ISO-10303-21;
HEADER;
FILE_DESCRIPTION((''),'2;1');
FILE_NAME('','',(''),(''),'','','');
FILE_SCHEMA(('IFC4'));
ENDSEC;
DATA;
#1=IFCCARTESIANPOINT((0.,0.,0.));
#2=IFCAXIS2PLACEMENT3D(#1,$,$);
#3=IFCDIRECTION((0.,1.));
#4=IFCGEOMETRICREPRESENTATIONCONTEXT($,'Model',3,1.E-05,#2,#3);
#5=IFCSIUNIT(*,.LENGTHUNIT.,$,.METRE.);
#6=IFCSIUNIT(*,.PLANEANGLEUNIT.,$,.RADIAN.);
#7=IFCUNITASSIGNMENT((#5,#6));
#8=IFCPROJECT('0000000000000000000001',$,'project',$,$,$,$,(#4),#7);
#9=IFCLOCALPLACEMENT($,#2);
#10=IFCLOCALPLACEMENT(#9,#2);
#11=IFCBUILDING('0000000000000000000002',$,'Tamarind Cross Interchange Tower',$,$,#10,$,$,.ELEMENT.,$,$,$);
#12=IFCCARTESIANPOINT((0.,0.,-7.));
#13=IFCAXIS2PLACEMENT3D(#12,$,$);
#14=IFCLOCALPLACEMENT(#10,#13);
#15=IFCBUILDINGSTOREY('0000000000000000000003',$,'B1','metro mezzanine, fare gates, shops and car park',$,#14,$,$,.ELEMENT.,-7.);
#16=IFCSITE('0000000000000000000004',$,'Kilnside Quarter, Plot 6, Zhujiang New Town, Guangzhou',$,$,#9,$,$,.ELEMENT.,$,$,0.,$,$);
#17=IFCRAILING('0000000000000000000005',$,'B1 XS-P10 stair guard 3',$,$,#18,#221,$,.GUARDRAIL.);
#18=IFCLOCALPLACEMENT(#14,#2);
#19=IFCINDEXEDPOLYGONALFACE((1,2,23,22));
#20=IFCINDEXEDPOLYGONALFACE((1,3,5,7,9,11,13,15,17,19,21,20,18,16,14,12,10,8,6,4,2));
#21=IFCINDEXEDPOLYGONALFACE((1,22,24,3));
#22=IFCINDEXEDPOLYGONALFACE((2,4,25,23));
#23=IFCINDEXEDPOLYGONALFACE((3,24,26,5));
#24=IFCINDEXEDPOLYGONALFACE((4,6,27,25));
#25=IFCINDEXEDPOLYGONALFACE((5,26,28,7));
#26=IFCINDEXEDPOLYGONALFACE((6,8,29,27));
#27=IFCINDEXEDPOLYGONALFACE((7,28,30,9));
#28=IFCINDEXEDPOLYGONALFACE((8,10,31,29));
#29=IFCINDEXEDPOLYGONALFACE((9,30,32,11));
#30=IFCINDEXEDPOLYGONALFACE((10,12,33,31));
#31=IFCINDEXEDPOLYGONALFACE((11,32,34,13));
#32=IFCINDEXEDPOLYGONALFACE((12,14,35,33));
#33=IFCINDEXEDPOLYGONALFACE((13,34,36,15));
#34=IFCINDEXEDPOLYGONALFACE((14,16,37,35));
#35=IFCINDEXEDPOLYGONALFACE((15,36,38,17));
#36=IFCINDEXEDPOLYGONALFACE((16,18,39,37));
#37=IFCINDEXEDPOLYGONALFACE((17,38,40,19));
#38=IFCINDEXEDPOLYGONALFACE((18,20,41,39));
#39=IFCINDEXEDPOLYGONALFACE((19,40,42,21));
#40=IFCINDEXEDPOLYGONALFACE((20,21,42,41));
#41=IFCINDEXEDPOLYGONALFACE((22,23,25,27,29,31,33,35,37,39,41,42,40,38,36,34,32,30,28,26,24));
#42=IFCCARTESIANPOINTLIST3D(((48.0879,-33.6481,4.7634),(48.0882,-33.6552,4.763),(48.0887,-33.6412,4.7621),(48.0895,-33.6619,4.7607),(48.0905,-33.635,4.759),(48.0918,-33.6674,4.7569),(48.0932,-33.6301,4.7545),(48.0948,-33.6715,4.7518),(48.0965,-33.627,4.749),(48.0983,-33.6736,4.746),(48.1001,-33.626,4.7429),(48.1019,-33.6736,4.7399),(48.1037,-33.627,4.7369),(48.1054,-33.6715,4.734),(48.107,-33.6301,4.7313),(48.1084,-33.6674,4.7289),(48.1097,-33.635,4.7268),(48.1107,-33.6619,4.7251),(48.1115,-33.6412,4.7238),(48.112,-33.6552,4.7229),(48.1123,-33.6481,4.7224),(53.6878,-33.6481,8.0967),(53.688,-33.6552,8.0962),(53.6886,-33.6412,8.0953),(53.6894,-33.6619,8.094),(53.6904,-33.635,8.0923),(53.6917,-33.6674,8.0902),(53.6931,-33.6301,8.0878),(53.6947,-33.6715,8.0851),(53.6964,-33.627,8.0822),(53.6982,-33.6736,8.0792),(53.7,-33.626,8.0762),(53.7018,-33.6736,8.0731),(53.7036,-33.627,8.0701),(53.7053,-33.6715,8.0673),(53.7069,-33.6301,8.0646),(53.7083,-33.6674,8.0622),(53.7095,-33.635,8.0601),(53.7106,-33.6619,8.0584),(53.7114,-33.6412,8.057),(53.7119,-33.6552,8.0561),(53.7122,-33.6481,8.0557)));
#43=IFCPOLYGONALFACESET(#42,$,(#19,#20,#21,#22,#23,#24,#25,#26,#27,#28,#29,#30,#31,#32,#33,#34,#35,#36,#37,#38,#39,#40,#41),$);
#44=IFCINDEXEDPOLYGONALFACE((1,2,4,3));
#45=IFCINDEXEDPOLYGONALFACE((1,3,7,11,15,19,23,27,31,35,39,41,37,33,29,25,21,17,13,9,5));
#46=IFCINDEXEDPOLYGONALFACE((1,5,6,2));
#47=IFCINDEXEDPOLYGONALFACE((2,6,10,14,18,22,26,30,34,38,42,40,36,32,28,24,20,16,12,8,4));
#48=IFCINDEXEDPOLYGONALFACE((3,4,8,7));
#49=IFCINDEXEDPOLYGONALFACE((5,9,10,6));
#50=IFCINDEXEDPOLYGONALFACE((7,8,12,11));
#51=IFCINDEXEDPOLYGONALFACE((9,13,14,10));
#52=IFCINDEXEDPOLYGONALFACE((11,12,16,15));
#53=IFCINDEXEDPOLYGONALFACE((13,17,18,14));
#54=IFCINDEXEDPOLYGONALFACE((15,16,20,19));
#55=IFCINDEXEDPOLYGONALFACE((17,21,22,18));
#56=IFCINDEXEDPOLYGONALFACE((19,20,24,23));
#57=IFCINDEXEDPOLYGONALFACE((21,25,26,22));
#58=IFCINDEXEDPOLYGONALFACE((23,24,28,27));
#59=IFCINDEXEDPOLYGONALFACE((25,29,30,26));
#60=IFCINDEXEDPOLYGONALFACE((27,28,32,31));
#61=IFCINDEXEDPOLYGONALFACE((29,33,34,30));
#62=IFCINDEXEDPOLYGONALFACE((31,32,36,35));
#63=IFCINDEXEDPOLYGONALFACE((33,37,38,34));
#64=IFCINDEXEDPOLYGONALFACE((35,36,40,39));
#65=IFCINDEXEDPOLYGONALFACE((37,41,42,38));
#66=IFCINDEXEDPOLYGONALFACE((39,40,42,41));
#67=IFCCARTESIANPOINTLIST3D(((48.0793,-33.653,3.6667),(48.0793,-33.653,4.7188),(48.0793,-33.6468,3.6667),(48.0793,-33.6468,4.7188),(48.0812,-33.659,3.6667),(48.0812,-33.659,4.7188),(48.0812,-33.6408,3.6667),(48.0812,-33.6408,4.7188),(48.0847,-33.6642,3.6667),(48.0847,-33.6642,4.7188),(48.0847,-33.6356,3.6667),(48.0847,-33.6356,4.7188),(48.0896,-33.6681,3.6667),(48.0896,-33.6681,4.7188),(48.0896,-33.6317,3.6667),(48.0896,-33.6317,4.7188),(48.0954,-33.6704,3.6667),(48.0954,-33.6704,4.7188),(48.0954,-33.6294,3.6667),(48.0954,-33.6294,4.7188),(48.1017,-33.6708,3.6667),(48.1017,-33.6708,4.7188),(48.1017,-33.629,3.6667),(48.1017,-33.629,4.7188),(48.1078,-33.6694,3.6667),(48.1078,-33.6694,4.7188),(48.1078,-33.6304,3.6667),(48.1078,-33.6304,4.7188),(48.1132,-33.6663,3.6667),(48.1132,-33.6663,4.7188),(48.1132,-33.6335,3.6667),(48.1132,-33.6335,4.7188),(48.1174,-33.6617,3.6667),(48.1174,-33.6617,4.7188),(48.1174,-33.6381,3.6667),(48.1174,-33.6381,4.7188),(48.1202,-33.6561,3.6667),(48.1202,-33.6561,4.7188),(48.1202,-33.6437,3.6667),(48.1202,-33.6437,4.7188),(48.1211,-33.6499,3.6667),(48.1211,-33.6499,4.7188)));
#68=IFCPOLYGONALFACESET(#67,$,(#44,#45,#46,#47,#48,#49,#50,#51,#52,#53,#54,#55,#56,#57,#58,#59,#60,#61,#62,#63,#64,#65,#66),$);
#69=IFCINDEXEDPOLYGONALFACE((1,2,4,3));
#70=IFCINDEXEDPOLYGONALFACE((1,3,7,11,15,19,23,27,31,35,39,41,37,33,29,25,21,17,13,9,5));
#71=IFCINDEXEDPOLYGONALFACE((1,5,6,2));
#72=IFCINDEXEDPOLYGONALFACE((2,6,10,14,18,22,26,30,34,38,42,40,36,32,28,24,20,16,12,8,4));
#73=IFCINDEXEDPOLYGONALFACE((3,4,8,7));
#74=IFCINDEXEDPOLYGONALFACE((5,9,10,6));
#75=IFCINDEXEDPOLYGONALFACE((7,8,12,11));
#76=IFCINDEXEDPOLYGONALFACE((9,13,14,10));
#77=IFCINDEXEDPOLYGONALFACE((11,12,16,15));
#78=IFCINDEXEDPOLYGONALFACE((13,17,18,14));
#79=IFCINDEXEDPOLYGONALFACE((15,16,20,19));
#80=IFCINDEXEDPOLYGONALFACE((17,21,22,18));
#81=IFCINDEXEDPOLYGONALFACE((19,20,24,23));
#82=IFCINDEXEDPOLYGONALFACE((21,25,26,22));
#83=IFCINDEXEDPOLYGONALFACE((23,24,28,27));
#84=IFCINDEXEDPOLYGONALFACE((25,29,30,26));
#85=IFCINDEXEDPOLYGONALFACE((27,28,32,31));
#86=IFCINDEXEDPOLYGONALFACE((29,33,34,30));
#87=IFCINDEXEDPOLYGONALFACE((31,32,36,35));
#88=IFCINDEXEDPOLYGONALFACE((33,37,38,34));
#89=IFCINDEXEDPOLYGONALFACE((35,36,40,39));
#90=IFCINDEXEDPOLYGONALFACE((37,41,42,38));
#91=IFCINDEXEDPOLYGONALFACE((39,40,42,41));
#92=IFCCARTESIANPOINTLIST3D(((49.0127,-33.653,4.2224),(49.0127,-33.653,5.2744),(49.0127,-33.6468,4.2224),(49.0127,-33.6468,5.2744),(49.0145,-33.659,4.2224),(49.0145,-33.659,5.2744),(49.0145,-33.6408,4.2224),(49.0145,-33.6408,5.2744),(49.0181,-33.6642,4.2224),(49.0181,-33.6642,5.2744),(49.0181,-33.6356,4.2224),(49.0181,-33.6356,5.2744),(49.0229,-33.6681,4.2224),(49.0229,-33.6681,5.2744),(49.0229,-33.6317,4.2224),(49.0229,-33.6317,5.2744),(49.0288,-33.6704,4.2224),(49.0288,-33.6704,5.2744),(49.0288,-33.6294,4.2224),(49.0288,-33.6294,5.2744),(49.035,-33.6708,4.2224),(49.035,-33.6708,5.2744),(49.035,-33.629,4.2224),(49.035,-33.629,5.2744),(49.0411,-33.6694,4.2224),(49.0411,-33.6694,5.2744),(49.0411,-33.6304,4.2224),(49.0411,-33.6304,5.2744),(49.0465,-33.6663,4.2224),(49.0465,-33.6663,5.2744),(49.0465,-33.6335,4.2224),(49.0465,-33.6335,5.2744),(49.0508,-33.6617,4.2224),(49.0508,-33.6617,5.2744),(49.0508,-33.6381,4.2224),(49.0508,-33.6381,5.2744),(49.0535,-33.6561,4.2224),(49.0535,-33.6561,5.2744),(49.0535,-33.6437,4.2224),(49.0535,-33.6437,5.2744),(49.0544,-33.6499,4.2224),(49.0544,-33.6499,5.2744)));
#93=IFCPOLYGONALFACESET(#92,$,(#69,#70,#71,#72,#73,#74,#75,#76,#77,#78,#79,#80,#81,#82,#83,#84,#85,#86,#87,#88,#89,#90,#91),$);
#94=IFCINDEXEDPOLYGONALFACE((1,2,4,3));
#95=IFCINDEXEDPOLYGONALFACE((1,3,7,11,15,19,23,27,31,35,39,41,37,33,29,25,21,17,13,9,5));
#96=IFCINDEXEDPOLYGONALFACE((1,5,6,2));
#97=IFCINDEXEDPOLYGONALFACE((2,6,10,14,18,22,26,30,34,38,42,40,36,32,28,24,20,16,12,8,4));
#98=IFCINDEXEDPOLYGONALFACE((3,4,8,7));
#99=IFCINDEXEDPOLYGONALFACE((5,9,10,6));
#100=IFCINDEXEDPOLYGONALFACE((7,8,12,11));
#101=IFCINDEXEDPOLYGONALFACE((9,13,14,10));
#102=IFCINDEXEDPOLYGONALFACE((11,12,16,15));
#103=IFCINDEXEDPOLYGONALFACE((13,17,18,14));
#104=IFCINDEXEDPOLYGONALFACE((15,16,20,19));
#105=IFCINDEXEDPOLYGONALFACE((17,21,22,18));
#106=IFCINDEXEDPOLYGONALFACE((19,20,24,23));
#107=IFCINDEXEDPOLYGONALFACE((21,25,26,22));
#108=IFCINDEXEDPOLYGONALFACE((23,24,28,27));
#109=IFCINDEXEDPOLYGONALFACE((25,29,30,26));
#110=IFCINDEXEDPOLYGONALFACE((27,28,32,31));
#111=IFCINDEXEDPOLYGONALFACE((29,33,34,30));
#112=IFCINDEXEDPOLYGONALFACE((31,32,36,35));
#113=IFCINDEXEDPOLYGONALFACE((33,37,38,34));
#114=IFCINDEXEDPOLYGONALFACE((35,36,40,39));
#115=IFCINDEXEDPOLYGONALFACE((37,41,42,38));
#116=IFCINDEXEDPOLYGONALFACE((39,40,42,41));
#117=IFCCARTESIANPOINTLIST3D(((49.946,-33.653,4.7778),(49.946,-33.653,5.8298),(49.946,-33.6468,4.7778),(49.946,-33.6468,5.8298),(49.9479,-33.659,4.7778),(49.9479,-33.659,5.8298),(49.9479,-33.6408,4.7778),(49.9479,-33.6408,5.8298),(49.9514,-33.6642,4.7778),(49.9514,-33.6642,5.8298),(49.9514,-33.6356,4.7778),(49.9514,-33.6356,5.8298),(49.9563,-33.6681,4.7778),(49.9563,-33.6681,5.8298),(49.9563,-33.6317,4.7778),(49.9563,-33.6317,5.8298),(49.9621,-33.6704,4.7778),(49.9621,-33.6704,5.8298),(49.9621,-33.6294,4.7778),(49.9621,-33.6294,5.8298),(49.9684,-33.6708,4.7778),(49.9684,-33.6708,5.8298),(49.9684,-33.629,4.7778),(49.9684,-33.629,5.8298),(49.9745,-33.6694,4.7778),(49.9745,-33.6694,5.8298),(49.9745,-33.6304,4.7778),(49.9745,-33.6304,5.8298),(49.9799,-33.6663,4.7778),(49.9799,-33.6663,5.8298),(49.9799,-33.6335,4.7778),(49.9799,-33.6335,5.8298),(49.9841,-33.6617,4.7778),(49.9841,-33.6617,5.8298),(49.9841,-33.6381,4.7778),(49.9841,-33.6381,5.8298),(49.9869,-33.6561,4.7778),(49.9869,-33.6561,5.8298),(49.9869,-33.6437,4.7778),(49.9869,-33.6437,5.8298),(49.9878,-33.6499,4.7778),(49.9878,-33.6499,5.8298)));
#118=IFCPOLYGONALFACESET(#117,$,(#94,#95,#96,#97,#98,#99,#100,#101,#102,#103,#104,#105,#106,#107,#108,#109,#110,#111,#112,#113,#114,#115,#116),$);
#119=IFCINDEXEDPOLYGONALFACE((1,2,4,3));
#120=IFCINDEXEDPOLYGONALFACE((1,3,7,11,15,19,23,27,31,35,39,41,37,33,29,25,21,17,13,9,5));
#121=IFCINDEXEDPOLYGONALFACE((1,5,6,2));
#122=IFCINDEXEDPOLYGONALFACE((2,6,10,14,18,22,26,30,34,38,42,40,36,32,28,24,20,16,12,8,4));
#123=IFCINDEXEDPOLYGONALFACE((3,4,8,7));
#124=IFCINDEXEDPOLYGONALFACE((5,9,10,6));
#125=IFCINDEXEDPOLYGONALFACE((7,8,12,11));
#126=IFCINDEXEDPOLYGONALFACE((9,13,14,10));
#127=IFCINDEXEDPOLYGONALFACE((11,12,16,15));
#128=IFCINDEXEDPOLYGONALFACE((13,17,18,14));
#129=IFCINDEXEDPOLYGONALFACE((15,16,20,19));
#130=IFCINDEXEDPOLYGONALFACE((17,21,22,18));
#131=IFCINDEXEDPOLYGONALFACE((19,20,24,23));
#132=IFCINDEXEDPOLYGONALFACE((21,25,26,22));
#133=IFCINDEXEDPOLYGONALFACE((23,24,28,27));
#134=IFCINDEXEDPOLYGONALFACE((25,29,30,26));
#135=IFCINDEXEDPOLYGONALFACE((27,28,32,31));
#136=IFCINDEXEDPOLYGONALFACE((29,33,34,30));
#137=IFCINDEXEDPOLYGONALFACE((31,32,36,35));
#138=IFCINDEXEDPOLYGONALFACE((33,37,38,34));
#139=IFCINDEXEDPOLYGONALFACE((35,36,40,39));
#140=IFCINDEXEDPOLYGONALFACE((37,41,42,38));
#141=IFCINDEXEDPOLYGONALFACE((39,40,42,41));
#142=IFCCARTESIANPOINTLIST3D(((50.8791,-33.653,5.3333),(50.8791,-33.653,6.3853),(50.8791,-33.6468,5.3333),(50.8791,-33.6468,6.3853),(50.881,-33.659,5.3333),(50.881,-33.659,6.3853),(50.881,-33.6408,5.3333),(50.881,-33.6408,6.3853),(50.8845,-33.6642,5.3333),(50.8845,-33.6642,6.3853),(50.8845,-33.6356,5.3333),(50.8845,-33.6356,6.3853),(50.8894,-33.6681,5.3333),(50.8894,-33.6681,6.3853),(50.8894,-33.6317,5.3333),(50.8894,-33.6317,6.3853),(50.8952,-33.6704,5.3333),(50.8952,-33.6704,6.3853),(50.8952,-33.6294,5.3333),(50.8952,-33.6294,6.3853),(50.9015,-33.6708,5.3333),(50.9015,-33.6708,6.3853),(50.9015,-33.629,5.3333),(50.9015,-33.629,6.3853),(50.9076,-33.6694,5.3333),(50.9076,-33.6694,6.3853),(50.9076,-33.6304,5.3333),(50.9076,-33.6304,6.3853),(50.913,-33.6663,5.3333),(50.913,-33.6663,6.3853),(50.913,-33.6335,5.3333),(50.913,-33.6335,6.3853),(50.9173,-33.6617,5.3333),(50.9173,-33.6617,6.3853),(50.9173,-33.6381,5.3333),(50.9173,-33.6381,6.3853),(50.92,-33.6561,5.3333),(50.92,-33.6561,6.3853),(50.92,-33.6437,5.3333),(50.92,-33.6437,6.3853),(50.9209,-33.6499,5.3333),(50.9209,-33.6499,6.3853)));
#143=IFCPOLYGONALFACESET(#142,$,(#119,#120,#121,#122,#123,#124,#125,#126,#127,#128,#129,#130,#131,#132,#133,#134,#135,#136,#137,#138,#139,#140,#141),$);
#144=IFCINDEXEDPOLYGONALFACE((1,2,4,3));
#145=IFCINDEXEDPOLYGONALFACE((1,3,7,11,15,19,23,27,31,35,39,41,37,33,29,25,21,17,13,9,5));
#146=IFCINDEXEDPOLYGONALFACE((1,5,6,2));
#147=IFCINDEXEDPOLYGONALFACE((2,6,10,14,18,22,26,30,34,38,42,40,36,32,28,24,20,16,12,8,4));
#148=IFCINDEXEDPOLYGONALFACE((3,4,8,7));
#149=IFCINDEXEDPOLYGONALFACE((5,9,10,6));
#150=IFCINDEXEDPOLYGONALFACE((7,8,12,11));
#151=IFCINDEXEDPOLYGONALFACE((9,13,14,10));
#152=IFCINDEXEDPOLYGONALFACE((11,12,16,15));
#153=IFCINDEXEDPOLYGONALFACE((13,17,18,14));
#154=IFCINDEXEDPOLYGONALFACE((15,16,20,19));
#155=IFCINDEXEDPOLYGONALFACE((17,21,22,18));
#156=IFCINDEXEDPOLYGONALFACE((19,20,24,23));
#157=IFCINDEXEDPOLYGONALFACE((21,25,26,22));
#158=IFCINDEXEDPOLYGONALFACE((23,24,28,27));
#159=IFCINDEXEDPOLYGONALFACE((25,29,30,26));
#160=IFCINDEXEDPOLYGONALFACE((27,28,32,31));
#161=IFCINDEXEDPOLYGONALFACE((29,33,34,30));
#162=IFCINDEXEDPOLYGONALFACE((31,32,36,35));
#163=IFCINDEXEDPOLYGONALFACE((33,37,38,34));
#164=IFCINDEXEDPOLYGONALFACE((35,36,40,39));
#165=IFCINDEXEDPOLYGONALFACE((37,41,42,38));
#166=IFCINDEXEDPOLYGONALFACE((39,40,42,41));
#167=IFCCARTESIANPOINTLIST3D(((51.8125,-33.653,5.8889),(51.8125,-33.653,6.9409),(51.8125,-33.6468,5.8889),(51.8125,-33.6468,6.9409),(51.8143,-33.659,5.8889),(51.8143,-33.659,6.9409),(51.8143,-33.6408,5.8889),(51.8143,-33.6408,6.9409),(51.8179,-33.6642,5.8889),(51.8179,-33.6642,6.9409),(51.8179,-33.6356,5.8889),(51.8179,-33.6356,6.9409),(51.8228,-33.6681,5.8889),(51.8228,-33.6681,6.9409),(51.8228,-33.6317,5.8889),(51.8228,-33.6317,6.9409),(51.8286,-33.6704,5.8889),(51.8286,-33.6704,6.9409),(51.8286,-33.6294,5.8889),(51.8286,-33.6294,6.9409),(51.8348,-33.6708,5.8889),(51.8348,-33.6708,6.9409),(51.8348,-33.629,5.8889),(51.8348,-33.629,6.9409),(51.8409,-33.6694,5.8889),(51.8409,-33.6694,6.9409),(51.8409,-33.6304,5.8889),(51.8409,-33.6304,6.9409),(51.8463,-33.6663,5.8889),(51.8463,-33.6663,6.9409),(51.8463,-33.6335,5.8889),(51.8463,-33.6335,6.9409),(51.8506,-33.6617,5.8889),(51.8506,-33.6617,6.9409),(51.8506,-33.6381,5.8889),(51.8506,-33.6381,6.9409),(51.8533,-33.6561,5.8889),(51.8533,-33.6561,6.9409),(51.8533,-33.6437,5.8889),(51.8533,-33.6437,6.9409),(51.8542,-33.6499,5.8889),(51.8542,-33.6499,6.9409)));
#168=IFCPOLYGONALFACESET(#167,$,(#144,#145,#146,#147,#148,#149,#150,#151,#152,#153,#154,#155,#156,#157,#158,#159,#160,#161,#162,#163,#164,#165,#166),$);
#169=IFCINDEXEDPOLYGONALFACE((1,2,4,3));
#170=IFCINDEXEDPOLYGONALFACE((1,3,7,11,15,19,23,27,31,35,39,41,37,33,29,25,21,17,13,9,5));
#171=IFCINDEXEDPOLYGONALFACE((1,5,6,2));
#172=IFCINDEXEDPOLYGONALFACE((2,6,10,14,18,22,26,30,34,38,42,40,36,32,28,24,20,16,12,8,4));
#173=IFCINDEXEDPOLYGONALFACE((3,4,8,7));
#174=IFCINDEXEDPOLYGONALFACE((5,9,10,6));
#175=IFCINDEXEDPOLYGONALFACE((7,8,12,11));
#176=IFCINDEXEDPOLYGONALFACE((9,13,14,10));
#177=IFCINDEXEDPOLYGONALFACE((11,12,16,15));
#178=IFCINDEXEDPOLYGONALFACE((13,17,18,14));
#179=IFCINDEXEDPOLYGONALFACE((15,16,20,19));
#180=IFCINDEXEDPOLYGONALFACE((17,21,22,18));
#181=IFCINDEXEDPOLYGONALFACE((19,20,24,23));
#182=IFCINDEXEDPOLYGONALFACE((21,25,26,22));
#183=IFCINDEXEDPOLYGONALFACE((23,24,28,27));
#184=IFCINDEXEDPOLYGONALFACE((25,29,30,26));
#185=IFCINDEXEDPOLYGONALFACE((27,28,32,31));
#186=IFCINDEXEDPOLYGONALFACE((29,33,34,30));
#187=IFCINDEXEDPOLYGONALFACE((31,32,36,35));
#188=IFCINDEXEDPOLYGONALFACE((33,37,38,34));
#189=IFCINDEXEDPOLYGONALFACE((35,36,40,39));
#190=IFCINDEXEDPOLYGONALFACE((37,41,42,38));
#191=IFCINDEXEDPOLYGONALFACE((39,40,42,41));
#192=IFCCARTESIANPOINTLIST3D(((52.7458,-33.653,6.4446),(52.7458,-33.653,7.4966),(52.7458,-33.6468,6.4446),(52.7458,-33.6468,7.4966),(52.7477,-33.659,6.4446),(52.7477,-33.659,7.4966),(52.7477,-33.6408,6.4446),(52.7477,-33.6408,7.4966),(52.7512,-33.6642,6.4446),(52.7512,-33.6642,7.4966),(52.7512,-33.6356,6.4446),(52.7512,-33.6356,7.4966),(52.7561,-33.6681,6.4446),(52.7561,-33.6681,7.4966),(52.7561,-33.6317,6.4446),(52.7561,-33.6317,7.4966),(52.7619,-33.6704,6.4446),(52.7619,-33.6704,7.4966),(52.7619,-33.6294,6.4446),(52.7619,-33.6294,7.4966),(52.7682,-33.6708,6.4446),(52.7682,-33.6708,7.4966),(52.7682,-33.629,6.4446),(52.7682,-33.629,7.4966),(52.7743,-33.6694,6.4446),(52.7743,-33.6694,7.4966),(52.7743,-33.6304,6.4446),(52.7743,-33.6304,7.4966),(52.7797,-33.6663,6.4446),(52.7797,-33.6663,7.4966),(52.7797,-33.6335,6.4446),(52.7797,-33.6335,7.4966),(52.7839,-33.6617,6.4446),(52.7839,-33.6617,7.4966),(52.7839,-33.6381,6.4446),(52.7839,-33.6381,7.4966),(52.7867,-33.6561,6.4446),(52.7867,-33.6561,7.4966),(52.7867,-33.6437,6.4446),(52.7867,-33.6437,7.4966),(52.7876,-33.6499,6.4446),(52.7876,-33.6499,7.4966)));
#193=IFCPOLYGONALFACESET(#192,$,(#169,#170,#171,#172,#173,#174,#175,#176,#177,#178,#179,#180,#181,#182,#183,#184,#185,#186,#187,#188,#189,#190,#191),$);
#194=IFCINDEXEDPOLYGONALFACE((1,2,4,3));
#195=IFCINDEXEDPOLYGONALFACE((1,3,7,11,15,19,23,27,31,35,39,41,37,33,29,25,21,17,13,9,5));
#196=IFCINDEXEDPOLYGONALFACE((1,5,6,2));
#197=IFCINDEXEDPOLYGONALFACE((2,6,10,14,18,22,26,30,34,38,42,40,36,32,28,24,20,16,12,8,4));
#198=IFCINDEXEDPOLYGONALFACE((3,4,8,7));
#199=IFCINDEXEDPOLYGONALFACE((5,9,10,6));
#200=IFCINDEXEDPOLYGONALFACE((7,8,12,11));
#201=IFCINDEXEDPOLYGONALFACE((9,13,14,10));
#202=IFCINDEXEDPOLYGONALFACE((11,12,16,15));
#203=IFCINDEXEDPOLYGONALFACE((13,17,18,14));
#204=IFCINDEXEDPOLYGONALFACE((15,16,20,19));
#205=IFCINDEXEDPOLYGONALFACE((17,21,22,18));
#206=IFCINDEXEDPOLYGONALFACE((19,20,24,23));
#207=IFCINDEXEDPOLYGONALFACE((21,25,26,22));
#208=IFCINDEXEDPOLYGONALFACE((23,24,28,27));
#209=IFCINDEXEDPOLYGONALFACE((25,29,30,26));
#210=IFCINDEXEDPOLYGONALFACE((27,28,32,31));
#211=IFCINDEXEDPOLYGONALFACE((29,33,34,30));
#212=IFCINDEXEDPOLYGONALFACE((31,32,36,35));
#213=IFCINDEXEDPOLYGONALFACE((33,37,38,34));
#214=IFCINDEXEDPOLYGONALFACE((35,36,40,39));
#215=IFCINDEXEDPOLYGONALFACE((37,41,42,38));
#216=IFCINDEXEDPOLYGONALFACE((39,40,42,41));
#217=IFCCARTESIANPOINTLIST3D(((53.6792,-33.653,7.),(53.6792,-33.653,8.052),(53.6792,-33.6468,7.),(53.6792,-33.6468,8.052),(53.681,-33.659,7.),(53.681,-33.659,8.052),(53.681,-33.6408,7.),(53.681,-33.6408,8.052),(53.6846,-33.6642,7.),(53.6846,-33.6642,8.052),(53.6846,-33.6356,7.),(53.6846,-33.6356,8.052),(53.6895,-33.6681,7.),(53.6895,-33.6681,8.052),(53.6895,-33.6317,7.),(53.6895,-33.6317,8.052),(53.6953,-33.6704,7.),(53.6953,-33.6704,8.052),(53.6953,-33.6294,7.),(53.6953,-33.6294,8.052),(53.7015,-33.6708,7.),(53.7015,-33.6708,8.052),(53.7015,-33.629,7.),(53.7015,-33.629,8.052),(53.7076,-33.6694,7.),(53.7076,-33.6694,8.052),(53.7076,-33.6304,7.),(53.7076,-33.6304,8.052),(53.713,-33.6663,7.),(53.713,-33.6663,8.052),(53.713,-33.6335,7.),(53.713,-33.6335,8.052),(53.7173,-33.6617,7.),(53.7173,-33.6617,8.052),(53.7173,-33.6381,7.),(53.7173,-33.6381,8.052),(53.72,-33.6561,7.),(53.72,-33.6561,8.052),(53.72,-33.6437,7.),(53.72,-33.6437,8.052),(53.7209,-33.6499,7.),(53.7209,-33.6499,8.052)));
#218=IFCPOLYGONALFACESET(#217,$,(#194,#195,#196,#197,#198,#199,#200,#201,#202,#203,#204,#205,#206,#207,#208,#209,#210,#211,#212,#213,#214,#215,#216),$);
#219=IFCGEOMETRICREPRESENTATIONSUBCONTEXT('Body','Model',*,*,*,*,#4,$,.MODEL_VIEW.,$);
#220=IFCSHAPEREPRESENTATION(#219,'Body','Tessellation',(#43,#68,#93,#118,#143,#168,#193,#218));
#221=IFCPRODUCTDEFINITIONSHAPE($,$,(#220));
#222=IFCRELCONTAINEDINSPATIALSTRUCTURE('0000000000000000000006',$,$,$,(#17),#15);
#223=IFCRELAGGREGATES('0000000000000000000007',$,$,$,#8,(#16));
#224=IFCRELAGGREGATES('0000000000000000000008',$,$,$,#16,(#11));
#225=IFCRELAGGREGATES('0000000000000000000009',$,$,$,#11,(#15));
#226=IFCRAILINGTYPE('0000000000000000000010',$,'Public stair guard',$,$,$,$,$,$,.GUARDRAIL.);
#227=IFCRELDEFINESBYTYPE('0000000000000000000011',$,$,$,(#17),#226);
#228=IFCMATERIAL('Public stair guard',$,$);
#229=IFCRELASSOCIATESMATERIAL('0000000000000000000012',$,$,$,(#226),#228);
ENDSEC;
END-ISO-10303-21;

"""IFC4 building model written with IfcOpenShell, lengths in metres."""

from ifc_helpers import new_model, si_unit, direction, frame, origin, origin_2d, place, context, subcontext, project, spatial, circle, extrude, material, type_object, element, save


model = new_model("IFC4")

# Units and contexts
model_context = context("Model", 3, precision=1e-05, world=origin(), true_north=direction((0.0, 1.0)))
body_context = subcontext(model_context, "Body", "Model", "MODEL_VIEW")
ifc_project = project(units=[si_unit("LENGTHUNIT", "METRE"), si_unit("PLANEANGLEUNIT", "RADIAN")], contexts=[model_context])

# Site, building, storey
site_placement = place(None, origin())
site = spatial("IfcSite", under=ifc_project, at=site_placement, Name="Kilnside Quarter, Plot 6, Zhujiang New Town, Guangzhou", CompositionType="ELEMENT", RefElevation=0.0)
building_placement = place(site_placement, origin())
building = spatial("IfcBuilding", under=site, at=building_placement, Name="Tamarind Cross Interchange Tower", CompositionType="ELEMENT")
storey_placement = place(building_placement, frame((0.0, 0.0, -7.0)))
storey = spatial("IfcBuildingStorey", under=building, at=storey_placement, Name="B1", Description="metro mezzanine, fare gates, shops and car park", CompositionType="ELEMENT", Elevation=-7.0)

# Railing
ifc_material_1 = material(Name="Public stair guard")
railing_type_1 = type_object("IfcRailingType", Name="Public stair guard", PredefinedType="GUARDRAIL", material=ifc_material_1)
railing_1_placement = place(storey_placement, frame((48.1001, -33.6499, 3.6667)))
element("IfcRailing", 1, at=railing_1_placement, inside=storey, type_object=railing_type_1, Name="B1 XS-P10 stair guard 3", PredefinedType="GUARDRAIL", context=body_context, shape_type="SweptSolid", body=[
    extrude(circle(Radius=0.0239, at=origin_2d()), frame((0.0, 0.0, 1.0762), z_axis=(0.859292, 0.0, 0.511485), x_axis=(0.0, 1.0, 0.0)), (0.0, 0.0, 1.0), 6.5168),
    extrude(circle(Radius=0.021, at=origin_2d()), origin(), (0.0, 0.0, 1.0), 1.052),
    extrude(circle(Radius=0.021, at=origin_2d()), frame((0.9333, 0.0, 0.5557)), (0.0, 0.0, 1.0), 1.052),
    extrude(circle(Radius=0.021, at=origin_2d()), frame((1.8667, 0.0, 1.1111)), (0.0, 0.0, 1.0), 1.052),
    extrude(circle(Radius=0.021, at=origin_2d()), frame((2.7998, 0.0, 1.6665)), (0.0, 0.0, 1.0), 1.052),
    extrude(circle(Radius=0.021, at=origin_2d()), frame((3.7332, 0.0, 2.2222)), (0.0, 0.0, 1.0), 1.052),
    extrude(circle(Radius=0.021, at=origin_2d()), frame((4.6665, 0.0, 2.7778)), (0.0, 0.0, 1.0), 1.052),
    extrude(circle(Radius=0.021, at=origin_2d()), frame((5.5999, 0.0, 3.3333)), (0.0, 0.0, 1.0), 1.052),
])

save(model, "model.ifc")
